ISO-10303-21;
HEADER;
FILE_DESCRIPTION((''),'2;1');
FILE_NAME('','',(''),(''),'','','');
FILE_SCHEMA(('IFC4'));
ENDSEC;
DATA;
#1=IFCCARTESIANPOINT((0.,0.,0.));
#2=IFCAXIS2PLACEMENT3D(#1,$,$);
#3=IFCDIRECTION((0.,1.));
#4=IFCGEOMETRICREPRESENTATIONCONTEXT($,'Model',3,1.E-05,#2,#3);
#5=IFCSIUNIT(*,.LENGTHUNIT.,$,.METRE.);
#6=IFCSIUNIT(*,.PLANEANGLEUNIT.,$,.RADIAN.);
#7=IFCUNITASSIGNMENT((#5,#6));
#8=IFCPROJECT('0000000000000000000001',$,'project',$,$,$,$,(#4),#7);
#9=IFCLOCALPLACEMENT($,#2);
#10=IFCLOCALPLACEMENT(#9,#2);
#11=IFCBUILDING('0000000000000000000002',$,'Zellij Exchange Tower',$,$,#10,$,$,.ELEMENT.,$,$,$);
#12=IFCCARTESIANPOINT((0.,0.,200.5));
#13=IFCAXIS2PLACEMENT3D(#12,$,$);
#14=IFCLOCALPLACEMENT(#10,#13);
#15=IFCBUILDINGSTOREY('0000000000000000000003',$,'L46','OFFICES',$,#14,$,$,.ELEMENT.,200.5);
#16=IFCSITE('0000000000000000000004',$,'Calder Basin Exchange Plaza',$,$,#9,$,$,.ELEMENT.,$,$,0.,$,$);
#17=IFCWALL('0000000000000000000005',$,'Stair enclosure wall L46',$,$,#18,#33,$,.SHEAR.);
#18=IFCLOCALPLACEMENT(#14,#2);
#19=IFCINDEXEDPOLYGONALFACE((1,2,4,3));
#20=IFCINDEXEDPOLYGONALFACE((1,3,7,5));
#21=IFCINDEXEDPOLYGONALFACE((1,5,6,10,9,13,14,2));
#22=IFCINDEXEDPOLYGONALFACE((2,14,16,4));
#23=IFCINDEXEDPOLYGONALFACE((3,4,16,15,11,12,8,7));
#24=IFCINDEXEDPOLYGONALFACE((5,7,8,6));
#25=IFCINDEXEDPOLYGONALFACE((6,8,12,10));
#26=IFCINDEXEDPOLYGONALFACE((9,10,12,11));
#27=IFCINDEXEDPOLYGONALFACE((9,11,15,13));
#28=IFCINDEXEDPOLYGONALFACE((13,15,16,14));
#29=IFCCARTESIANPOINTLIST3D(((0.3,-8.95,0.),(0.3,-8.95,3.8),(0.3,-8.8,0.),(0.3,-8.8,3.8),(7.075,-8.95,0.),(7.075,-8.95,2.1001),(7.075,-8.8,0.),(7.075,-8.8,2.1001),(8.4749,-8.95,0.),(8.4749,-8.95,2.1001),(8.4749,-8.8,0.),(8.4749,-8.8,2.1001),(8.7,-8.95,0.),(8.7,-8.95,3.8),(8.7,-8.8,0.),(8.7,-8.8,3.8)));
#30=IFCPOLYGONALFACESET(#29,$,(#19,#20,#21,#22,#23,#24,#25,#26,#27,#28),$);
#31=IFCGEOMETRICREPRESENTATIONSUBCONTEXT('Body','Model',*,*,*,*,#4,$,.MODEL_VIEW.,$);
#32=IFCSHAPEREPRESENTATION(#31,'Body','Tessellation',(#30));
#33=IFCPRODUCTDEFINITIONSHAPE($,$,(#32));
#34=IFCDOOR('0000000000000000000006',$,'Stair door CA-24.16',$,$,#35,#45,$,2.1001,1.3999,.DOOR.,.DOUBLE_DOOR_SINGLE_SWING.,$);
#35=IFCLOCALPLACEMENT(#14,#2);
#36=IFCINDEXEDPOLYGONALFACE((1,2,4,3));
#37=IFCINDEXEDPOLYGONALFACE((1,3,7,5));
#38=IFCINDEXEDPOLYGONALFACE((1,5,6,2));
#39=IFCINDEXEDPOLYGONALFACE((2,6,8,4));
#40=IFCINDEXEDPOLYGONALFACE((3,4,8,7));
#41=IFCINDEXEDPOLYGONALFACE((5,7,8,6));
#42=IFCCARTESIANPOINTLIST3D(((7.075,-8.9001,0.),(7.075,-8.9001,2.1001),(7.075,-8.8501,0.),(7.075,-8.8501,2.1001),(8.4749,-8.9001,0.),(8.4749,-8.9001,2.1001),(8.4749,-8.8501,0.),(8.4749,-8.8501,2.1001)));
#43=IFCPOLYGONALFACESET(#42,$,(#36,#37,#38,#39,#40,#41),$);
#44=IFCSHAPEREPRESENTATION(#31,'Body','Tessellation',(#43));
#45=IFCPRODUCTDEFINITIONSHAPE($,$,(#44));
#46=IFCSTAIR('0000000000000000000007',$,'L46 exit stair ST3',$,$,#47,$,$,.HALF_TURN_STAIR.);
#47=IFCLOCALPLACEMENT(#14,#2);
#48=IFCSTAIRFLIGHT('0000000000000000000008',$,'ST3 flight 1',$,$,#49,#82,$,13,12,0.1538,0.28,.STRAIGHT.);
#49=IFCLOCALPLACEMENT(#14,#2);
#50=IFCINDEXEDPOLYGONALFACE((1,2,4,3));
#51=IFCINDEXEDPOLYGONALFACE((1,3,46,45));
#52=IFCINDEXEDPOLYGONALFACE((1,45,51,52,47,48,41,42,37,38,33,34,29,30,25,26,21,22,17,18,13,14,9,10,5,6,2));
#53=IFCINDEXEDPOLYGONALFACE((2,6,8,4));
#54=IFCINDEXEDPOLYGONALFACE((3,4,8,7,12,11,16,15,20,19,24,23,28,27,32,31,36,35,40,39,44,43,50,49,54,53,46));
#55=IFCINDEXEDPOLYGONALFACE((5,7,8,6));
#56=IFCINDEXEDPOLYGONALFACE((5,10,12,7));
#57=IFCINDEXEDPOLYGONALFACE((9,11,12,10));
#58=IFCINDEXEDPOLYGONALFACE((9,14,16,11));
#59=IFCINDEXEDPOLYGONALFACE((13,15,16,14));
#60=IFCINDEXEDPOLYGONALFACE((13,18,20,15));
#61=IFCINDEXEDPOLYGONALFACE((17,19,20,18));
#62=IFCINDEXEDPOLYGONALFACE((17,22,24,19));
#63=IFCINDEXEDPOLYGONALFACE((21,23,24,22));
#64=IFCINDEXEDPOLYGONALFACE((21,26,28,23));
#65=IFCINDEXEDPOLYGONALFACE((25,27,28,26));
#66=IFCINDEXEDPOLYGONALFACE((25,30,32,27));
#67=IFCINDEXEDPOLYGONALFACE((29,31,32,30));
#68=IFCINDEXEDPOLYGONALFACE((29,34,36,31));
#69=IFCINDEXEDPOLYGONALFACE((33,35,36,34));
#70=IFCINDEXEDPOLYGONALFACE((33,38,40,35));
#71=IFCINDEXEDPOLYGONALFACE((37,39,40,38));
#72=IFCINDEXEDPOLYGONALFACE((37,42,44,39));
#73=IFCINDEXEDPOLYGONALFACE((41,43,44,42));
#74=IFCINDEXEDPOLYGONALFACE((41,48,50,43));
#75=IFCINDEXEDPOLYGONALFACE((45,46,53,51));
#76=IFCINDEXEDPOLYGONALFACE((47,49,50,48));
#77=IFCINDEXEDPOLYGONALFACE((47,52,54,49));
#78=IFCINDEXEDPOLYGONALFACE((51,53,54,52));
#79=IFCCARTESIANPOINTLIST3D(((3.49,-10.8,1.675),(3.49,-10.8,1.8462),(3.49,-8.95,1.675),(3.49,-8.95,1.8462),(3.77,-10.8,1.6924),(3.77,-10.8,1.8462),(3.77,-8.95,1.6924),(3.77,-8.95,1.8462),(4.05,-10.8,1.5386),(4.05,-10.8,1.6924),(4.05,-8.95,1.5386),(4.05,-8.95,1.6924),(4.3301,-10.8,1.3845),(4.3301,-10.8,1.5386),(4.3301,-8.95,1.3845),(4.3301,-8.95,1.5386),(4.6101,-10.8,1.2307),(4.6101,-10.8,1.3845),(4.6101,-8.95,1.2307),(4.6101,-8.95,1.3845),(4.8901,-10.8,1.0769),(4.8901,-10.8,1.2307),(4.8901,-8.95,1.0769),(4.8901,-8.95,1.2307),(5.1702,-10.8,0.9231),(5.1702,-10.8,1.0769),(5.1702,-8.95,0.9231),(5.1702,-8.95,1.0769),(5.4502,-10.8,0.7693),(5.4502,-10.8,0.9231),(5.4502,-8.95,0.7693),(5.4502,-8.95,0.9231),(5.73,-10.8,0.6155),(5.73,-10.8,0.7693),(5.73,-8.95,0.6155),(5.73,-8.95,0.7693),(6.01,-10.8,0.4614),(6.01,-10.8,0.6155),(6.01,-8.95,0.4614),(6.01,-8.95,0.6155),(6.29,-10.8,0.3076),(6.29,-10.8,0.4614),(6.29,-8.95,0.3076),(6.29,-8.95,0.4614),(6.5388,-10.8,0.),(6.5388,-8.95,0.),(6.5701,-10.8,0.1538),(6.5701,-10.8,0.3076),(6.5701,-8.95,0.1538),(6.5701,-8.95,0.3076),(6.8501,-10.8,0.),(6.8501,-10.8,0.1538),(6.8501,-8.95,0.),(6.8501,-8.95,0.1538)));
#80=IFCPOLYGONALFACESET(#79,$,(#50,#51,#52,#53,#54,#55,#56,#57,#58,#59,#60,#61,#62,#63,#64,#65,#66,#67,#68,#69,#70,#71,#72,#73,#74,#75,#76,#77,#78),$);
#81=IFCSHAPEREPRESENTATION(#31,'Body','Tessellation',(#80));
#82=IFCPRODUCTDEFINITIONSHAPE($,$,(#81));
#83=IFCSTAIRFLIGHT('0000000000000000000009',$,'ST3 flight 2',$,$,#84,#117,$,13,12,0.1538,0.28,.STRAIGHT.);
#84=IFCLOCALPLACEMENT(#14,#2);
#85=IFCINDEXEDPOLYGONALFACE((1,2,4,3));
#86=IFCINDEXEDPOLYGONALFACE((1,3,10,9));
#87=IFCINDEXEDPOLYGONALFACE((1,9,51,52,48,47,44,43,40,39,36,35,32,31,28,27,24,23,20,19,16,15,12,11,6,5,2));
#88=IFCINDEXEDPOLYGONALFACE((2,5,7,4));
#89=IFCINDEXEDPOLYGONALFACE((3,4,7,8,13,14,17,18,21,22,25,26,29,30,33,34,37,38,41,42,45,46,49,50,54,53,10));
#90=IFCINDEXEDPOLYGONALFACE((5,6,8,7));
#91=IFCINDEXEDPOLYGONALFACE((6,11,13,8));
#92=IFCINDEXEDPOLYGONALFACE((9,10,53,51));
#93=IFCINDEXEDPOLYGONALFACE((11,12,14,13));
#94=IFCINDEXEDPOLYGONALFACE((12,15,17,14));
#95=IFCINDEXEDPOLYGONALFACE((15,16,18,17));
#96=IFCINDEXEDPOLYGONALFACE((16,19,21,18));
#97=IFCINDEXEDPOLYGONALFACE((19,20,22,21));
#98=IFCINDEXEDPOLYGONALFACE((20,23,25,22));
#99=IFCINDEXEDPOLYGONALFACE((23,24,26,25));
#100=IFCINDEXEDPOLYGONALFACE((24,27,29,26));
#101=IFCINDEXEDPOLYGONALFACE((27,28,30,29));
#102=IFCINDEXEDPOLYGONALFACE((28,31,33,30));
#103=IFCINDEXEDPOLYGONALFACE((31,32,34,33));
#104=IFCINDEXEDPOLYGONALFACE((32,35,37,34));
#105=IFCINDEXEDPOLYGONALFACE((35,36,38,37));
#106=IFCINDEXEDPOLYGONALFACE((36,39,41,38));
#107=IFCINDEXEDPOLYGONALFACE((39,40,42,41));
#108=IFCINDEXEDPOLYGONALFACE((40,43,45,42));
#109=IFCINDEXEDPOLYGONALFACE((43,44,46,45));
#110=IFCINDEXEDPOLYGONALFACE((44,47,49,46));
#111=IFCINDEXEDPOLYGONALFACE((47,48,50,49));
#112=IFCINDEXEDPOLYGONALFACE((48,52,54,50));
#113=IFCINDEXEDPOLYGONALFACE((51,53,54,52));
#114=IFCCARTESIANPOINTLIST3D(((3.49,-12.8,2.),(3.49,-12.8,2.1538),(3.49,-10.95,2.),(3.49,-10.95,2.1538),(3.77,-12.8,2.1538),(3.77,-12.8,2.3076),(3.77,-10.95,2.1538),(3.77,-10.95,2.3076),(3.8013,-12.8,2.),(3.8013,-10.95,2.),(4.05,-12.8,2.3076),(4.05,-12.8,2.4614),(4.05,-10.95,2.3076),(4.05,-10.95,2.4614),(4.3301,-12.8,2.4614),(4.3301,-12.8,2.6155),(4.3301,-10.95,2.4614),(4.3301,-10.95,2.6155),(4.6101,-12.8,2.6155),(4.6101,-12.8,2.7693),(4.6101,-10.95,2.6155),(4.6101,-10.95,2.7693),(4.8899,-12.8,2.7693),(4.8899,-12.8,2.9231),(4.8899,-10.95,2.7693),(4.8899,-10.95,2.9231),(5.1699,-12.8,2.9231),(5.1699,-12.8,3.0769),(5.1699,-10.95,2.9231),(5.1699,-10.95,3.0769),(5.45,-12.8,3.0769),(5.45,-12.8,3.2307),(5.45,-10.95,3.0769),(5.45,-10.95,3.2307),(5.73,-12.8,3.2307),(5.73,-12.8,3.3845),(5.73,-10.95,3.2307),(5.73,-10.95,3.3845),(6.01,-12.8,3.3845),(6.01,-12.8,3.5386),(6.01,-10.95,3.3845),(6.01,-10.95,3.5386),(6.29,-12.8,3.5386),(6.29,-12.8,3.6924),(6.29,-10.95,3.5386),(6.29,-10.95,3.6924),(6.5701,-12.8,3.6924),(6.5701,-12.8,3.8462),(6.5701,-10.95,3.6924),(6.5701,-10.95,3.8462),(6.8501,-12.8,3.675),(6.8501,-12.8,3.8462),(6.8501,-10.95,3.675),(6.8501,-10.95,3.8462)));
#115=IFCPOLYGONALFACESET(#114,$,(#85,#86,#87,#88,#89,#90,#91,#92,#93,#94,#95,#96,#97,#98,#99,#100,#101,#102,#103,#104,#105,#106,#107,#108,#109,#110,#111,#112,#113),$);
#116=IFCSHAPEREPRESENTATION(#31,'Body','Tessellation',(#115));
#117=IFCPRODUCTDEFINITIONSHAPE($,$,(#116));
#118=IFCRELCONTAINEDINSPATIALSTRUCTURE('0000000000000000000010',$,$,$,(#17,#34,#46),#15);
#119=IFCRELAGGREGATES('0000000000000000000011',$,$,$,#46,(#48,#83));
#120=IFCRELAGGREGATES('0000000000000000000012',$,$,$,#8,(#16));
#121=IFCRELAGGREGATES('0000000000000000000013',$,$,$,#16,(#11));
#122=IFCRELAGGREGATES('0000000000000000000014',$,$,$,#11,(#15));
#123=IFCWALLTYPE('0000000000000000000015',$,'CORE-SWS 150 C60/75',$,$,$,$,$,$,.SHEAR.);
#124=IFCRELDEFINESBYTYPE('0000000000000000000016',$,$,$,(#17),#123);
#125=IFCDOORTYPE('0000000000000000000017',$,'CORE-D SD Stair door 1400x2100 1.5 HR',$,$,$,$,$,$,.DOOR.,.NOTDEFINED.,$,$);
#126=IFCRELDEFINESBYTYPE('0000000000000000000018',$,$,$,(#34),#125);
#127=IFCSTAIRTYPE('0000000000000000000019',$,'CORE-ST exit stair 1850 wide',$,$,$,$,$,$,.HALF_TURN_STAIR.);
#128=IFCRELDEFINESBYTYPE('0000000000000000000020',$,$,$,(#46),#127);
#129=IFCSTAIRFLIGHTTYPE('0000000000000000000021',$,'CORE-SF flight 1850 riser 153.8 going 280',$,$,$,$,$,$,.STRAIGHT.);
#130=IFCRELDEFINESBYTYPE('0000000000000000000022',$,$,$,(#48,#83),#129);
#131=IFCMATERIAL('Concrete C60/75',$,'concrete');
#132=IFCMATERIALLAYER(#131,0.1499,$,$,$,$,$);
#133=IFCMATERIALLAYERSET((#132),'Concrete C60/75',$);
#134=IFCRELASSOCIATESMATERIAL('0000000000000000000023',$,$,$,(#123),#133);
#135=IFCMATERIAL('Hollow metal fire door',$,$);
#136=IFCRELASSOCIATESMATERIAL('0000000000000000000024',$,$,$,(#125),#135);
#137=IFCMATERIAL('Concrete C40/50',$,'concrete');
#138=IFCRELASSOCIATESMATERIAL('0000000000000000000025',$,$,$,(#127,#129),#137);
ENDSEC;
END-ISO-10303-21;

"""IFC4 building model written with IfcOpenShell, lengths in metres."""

from ifc_helpers import new_model, si_unit, direction, frame, frame_2d, origin, place, context, subcontext, project, spatial, polyline, rectangle, outline, extrude, material, layer, layer_set, type_object, element, fill, aggregate, save


model = new_model("IFC4")

# Units and contexts
model_context = context("Model", 3, precision=1e-05, world=origin(), true_north=direction((0.0, 1.0)))
body_context = subcontext(model_context, "Body", "Model", "MODEL_VIEW")
ifc_project = project(units=[si_unit("LENGTHUNIT", "METRE"), si_unit("PLANEANGLEUNIT", "RADIAN")], contexts=[model_context])

# Site, building, storey
site_placement = place(None, origin())
site = spatial("IfcSite", under=ifc_project, at=site_placement, Name="Calder Basin Exchange Plaza", CompositionType="ELEMENT", RefElevation=0.0)
building_placement = place(site_placement, origin())
building = spatial("IfcBuilding", under=site, at=building_placement, Name="Zellij Exchange Tower", CompositionType="ELEMENT")
storey_placement = place(building_placement, frame((0.0, 0.0, 200.5)))
storey = spatial("IfcBuildingStorey", under=building, at=storey_placement, Name="L46", Description="OFFICES", CompositionType="ELEMENT", Elevation=200.5)

# Shared definitions
ifc_material_1 = material(Name="Concrete C60/75", Category="concrete")

# Shared definitions
ifc_material_2 = material(Name="Hollow metal fire door")

# Wall, opening, door
ifc_layer_1 = layer(ifc_material_1, 0.1499)
ifc_layer_set_1 = layer_set([ifc_layer_1], Name="Concrete C60/75")
wall_type_1 = type_object("IfcWallType", Name="CORE-SWS 150 C60/75", PredefinedType="SHEAR", material=ifc_layer_set_1)
wall_1_placement = place(storey_placement, frame((0.3, -8.875, 0.0), z_axis=(0.0, 0.0, 1.0), x_axis=(1.0, 0.0, 0.0)))
wall_1 = element("IfcWall", 1, at=wall_1_placement, inside=storey, type_object=wall_type_1, Name="Stair enclosure wall L46", PredefinedType="SHEAR", context=body_context, shape_type="SweptSolid", body=[
    extrude(rectangle(XDim=8.3999, YDim=0.1499, at=frame_2d((4.2, 0.0))), origin(), (0.0, 0.0, 1.0), 3.8),
])
opening_1_placement = place(wall_1_placement, frame((6.7749, 0.0, 0.0)))
opening_1 = element("IfcOpeningElement", 2, at=opening_1_placement, cuts=wall_1, PredefinedType="OPENING", context=body_context, shape_type="SweptSolid", body=[
    extrude(rectangle(XDim=1.3999, YDim=2.1001, at=frame_2d((0.7, 1.05))), frame((0.0, 0.0869, 0.0), z_axis=(0.0, -1.0, 0.0), x_axis=(1.0, 0.0, 0.0)), (0.0, 0.0, 1.0), 0.1738),
])
door_type_1 = type_object("IfcDoorType", Name="CORE-D SD Stair door 1400x2100 1.5 HR", OperationType="NOTDEFINED", PredefinedType="DOOR", material=ifc_material_2)
door_1_placement = place(opening_1_placement, origin())
door_1 = element("IfcDoor", 3, at=door_1_placement, inside=storey, type_object=door_type_1, Name="Stair door CA-24.16", OperationType="DOUBLE_DOOR_SINGLE_SWING", OverallHeight=2.1001, OverallWidth=1.3999, PredefinedType="DOOR", context=body_context, shape_type="SweptSolid", body=[
    extrude(rectangle(XDim=1.3999, YDim=2.1001, at=frame_2d((0.7, 1.05))), frame((0.0, 0.0249, 0.0), z_axis=(0.0, -1.0, 0.0), x_axis=(1.0, 0.0, 0.0)), (0.0, 0.0, 1.0), 0.05),
])
fill(opening_1, door_1)

# Stair, stair flights
ifc_material_3 = material(Name="Concrete C40/50", Category="concrete")
stair_type = type_object("IfcStairType", Name="CORE-ST exit stair 1850 wide", PredefinedType="HALF_TURN_STAIR", material=ifc_material_3)
stair_placement = place(storey_placement, origin())
stair = element("IfcStair", 4, at=stair_placement, inside=storey, type_object=stair_type, Name="L46 exit stair ST3", PredefinedType="HALF_TURN_STAIR")
stair_flight_type = type_object("IfcStairFlightType", Name="CORE-SF flight 1850 riser 153.8 going 280", PredefinedType="STRAIGHT", material=ifc_material_3)
stair_flight_1_placement = place(storey_placement, frame((6.8501, -9.875, 0.0), z_axis=(0.0, 0.0, 1.0), x_axis=(-1.0, 0.0, 0.0)))
stair_flight_1 = element("IfcStairFlight", 5, at=stair_flight_1_placement, type_object=stair_flight_type, Name="ST3 flight 1", NumberOfRisers=13, NumberOfTreads=12, PredefinedType="STRAIGHT", RiserHeight=0.1538, TreadLength=0.28, context=body_context, shape_type="SweptSolid", body=[
    extrude(outline(polyline([(0.0, 0.0), (0.0, 0.1538), (0.28, 0.1538), (0.28, 0.3076), (0.5601, 0.3076), (0.5601, 0.4614), (0.8401, 0.4614), (0.8401, 0.6155), (1.1201, 0.6155), (1.1201, 0.7693), (1.3999, 0.7693), (1.3999, 0.9231), (1.6799, 0.9231), (1.6799, 1.0769), (1.96, 1.0769), (1.96, 1.2307), (2.24, 1.2307), (2.24, 1.3845), (2.52, 1.3845), (2.52, 1.5386), (2.8, 1.5386), (2.8, 1.6924), (3.0801, 1.6924), (3.0801, 1.8462), (3.3601, 1.8462), (3.3601, 2.0), (3.3601, 1.675), (0.3113, 0.0), (0.0, 0.0)])), frame((0.0, 0.925, 0.0), z_axis=(0.0, -1.0, 0.0), x_axis=(1.0, 0.0, 0.0)), (0.0, 0.0, 1.0), 1.8501),
])
stair_flight_2_placement = place(storey_placement, frame((3.49, -11.875, 2.0), z_axis=(0.0, 0.0, 1.0), x_axis=(1.0, 0.0, 0.0)))
stair_flight_2 = element("IfcStairFlight", 6, at=stair_flight_2_placement, type_object=stair_flight_type, Name="ST3 flight 2", NumberOfRisers=13, NumberOfTreads=12, PredefinedType="STRAIGHT", RiserHeight=0.1538, TreadLength=0.28, context=body_context, shape_type="SweptSolid", body=[
    extrude(outline(polyline([(0.0, 0.0), (0.0, 0.1538), (0.28, 0.1538), (0.28, 0.3076), (0.5601, 0.3076), (0.5601, 0.4614), (0.8401, 0.4614), (0.8401, 0.6155), (1.1201, 0.6155), (1.1201, 0.7693), (1.3999, 0.7693), (1.3999, 0.9231), (1.6799, 0.9231), (1.6799, 1.0769), (1.96, 1.0769), (1.96, 1.2307), (2.24, 1.2307), (2.24, 1.3845), (2.52, 1.3845), (2.52, 1.5386), (2.8, 1.5386), (2.8, 1.6924), (3.0801, 1.6924), (3.0801, 1.8462), (3.3601, 1.8462), (3.3601, 2.0), (3.3601, 1.675), (0.3113, 0.0), (0.0, 0.0)])), frame((0.0, 0.925, 0.0), z_axis=(0.0, -1.0, 0.0), x_axis=(1.0, 0.0, 0.0)), (0.0, 0.0, 1.0), 1.8501),
])
aggregate(stair, [stair_flight_1, stair_flight_2])

save(model, "model.ifc")
